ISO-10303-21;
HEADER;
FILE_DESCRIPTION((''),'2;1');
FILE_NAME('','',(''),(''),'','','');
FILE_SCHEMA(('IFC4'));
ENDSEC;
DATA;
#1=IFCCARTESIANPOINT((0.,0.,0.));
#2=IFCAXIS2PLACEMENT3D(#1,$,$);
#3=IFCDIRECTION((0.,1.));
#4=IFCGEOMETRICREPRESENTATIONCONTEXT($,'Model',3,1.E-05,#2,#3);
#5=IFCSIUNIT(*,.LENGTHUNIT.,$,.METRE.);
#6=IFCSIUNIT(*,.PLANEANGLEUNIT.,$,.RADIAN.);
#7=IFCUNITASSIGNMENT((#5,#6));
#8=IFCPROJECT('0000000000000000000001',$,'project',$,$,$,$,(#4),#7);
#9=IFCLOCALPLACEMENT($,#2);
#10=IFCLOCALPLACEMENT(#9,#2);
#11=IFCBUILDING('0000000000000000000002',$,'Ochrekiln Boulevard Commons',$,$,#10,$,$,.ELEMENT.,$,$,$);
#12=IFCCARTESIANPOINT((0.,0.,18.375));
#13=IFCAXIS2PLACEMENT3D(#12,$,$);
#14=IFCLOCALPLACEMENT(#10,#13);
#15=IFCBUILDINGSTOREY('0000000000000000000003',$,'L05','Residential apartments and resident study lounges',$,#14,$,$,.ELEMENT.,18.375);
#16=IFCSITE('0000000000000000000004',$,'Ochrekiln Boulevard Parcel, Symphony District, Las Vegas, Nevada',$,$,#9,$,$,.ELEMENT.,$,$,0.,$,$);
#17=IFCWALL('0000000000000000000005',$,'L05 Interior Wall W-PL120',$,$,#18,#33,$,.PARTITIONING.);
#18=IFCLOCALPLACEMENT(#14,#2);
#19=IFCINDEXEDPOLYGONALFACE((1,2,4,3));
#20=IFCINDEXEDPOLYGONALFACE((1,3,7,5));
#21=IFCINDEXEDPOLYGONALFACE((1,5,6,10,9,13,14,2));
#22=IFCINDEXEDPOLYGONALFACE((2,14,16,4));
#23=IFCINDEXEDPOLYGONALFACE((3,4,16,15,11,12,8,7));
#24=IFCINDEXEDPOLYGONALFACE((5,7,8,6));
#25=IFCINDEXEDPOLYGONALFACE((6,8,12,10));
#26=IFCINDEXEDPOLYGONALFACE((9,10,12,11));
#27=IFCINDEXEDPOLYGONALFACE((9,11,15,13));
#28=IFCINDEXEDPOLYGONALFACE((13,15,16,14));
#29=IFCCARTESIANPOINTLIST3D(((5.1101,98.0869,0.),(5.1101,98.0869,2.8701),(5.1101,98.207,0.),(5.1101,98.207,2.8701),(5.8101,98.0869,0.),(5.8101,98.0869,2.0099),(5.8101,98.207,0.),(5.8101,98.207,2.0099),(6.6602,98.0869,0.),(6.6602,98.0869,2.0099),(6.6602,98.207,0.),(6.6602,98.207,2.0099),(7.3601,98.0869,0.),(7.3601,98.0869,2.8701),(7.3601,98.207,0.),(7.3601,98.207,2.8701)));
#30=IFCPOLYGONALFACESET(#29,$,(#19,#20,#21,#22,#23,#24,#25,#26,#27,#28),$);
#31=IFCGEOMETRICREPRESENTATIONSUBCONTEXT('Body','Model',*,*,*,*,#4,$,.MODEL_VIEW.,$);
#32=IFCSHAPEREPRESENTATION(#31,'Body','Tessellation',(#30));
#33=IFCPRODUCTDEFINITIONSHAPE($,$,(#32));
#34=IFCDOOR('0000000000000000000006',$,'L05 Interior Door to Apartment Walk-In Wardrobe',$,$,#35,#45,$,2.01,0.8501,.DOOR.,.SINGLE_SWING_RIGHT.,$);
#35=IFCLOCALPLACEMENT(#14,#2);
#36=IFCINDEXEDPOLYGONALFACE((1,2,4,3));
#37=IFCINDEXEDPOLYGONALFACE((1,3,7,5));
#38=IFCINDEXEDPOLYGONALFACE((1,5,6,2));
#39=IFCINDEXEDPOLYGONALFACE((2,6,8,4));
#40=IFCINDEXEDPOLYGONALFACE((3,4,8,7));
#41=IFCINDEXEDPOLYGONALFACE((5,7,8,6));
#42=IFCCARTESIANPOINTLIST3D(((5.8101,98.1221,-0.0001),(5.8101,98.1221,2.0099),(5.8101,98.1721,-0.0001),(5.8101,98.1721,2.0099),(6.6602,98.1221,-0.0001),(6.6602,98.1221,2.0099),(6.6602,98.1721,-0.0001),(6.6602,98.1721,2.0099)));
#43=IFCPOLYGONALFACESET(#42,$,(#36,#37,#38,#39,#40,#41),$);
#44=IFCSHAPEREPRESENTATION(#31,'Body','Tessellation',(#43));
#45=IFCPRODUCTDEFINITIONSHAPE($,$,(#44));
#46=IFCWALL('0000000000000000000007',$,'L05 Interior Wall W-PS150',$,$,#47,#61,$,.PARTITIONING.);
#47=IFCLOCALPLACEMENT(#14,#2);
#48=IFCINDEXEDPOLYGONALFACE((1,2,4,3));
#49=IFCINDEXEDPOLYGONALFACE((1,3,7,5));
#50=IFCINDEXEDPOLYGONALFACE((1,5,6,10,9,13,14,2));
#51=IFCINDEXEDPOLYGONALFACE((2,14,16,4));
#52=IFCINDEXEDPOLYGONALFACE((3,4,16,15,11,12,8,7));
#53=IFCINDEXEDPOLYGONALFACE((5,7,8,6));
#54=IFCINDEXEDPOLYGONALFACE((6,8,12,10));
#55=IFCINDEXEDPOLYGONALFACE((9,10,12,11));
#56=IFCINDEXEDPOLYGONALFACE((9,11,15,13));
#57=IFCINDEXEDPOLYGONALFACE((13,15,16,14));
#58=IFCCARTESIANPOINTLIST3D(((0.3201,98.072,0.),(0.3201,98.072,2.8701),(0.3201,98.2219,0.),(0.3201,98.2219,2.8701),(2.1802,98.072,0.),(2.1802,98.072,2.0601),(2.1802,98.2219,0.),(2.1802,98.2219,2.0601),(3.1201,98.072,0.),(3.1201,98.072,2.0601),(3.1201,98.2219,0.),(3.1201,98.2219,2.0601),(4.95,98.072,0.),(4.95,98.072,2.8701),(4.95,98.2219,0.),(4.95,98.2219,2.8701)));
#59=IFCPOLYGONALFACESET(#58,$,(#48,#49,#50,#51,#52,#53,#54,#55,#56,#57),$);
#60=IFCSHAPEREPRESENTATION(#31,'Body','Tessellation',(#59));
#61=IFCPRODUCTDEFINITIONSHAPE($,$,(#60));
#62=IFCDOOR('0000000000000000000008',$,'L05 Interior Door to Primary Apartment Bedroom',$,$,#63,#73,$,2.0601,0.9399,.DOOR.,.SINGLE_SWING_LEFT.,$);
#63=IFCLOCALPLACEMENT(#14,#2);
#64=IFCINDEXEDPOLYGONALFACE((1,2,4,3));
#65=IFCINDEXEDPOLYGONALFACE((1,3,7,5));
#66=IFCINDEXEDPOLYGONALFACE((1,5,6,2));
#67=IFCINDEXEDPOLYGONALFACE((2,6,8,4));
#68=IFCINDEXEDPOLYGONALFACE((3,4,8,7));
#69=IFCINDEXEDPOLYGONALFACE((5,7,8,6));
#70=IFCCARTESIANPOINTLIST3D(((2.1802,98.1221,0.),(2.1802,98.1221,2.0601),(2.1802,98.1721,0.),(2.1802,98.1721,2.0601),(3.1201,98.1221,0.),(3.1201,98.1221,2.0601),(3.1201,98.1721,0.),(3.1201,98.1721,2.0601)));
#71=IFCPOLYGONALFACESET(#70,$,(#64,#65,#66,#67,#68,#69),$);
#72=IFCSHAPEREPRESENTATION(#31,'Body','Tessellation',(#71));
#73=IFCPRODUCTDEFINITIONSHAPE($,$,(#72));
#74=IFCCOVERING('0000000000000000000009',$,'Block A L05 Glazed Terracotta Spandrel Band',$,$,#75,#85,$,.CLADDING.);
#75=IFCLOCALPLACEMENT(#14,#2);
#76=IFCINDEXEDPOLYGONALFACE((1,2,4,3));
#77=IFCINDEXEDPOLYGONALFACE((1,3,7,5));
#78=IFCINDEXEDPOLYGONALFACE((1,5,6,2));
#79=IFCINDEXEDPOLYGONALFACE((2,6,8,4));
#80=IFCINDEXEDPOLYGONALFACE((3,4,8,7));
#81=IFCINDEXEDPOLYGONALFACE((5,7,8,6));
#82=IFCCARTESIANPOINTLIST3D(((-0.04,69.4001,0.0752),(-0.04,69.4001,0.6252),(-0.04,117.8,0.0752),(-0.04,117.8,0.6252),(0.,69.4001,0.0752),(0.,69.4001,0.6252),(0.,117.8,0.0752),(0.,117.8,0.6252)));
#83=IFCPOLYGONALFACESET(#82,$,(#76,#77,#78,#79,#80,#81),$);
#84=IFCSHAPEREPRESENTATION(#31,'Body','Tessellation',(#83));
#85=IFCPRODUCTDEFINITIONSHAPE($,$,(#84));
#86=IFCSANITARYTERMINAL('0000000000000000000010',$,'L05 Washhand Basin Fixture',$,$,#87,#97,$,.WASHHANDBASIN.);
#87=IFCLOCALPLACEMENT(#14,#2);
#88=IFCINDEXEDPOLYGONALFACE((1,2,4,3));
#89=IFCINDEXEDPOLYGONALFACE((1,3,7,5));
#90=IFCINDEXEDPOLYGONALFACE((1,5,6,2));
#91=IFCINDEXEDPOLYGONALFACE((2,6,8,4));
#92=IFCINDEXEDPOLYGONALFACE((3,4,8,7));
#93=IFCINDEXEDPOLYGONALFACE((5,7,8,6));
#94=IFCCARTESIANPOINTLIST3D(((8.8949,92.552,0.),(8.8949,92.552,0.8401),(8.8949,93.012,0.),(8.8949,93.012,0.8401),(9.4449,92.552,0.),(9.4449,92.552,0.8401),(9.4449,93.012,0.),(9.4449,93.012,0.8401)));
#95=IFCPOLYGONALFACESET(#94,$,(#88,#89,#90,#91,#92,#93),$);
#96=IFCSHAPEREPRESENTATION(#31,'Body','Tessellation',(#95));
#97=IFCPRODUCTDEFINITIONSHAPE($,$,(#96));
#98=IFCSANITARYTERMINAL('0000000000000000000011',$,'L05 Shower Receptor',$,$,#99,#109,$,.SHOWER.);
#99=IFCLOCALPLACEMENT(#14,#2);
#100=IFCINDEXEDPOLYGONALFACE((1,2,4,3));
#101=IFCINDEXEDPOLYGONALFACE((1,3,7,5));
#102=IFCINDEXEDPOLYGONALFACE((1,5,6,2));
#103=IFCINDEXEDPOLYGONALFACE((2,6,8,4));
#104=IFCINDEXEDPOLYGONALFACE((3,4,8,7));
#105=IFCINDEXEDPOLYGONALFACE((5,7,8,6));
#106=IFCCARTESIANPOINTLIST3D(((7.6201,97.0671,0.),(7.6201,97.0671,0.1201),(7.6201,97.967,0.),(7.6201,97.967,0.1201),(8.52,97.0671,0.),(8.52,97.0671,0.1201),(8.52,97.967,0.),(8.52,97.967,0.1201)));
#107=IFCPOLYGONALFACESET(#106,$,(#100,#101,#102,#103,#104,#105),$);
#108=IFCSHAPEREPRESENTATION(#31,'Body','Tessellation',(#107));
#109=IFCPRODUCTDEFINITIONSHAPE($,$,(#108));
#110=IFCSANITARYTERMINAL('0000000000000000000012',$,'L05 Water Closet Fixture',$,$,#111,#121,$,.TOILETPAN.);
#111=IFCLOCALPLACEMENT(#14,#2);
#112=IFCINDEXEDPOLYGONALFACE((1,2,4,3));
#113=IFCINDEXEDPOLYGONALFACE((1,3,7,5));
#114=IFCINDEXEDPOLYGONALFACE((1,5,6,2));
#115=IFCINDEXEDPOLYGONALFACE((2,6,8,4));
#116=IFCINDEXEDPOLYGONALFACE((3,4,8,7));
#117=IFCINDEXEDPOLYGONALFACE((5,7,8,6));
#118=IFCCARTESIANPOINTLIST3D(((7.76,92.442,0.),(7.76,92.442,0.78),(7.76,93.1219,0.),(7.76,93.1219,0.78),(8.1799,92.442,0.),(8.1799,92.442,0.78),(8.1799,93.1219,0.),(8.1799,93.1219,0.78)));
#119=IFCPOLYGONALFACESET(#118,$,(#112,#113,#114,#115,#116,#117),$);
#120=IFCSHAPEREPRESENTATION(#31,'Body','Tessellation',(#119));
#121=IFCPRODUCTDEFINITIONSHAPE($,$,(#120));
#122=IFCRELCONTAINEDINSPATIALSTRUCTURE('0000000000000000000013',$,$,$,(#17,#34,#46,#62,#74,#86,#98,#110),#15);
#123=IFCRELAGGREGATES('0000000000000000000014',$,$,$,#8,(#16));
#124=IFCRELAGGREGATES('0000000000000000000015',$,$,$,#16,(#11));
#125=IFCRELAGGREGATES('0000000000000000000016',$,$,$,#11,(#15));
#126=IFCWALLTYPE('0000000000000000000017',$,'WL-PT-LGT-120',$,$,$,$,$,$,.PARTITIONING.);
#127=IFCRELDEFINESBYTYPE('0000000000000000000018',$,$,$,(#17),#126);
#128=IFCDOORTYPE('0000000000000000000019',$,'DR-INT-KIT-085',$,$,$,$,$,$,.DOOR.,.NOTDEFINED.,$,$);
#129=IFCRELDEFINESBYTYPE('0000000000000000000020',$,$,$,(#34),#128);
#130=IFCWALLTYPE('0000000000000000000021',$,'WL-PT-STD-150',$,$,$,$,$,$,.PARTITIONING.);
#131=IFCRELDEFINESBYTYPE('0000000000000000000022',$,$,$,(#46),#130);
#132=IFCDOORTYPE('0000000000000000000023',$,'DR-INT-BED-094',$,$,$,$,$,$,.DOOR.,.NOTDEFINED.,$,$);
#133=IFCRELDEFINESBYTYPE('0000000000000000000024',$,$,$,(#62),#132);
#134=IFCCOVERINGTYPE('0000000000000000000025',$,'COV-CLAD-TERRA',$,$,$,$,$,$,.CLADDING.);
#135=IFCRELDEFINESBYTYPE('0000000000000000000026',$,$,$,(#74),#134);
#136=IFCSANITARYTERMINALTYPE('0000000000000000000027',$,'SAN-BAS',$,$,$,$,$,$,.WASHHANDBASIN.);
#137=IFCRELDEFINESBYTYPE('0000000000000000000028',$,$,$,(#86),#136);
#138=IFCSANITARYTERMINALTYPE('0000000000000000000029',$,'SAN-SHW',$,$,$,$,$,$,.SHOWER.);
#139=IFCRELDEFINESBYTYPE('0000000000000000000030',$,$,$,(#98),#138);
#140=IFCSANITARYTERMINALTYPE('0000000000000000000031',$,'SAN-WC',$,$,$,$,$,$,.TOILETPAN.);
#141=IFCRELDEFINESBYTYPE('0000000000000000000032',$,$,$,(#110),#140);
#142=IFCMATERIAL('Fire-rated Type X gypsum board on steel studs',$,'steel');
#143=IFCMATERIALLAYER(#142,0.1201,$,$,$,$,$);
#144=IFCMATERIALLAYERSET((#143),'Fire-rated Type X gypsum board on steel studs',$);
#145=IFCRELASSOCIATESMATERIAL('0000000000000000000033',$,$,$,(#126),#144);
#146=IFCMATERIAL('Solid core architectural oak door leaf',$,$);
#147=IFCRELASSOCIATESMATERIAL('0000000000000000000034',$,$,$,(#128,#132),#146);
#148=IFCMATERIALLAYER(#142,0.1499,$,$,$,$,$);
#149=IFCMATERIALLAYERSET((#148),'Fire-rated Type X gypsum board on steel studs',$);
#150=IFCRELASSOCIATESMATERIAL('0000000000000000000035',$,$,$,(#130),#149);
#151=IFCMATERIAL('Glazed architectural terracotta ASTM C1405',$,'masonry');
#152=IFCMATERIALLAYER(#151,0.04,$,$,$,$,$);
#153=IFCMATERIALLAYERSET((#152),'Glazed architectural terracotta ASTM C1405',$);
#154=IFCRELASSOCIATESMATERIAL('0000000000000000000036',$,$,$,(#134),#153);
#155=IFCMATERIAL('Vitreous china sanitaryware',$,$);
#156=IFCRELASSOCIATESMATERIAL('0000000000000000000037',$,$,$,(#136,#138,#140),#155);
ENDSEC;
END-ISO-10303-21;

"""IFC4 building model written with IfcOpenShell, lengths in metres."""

from ifc_helpers import new_model, si_unit, direction, frame, frame_2d, origin, origin_2d, place, context, subcontext, project, spatial, rectangle, extrude, material, layer, layer_set, type_object, element, fill, save


model = new_model("IFC4")

# Units and contexts
model_context = context("Model", 3, precision=1e-05, world=origin(), true_north=direction((0.0, 1.0)))
body_context = subcontext(model_context, "Body", "Model", "MODEL_VIEW")
ifc_project = project(units=[si_unit("LENGTHUNIT", "METRE"), si_unit("PLANEANGLEUNIT", "RADIAN")], contexts=[model_context])

# Site, building, storey
site_placement = place(None, origin())
site = spatial("IfcSite", under=ifc_project, at=site_placement, Name="Ochrekiln Boulevard Parcel, Symphony District, Las Vegas, Nevada", CompositionType="ELEMENT", RefElevation=0.0)
building_placement = place(site_placement, origin())
building = spatial("IfcBuilding", under=site, at=building_placement, Name="Ochrekiln Boulevard Commons", CompositionType="ELEMENT")
storey_placement = place(building_placement, frame((0.0, 0.0, 18.375)))
storey = spatial("IfcBuildingStorey", under=building, at=storey_placement, Name="L05", Description="Residential apartments and resident study lounges", CompositionType="ELEMENT", Elevation=18.375)

# Shared definitions
ifc_material_1 = material(Name="Solid core architectural oak door leaf")

# Walls, openings, doors
ifc_material_2 = material(Name="Fire-rated Type X gypsum board on steel studs", Category="steel")
ifc_layer_1 = layer(ifc_material_2, 0.1201)
ifc_layer_set_1 = layer_set([ifc_layer_1], Name="Fire-rated Type X gypsum board on steel studs")
wall_type_1 = type_object("IfcWallType", Name="WL-PT-LGT-120", PredefinedType="PARTITIONING", material=ifc_layer_set_1)
wall_1_placement = place(storey_placement, frame((5.1101, 98.147, 0.0), z_axis=(0.0, 0.0, 1.0), x_axis=(1.0, 0.0, 0.0)))
wall_1 = element("IfcWall", 1, at=wall_1_placement, inside=storey, type_object=wall_type_1, Name="L05 Interior Wall W-PL120", PredefinedType="PARTITIONING", context=body_context, shape_type="SweptSolid", body=[
    extrude(rectangle(XDim=2.25, YDim=0.1201, at=frame_2d((1.125, 0.0))), origin(), (0.0, 0.0, 1.0), 2.8701),
])
opening_1_placement = place(wall_1_placement, frame((0.7, 0.0, 0.0)))
opening_1 = element("IfcOpeningElement", 2, at=opening_1_placement, cuts=wall_1, PredefinedType="OPENING", context=body_context, shape_type="SweptSolid", body=[
    extrude(rectangle(XDim=0.8501, YDim=2.01, at=frame_2d((0.425, 1.0049))), frame((0.0, 0.0701, 0.0), z_axis=(0.0, -1.0, 0.0), x_axis=(1.0, 0.0, 0.0)), (0.0, 0.0, 1.0), 0.1401),
])
door_type_1 = type_object("IfcDoorType", Name="DR-INT-KIT-085", OperationType="NOTDEFINED", PredefinedType="DOOR", material=ifc_material_1)
door_1_placement = place(opening_1_placement, frame((0.8501, 0.0, 0.0), z_axis=(0.0, 0.0, 1.0), x_axis=(-1.0, 0.0, 0.0)))
door_1 = element("IfcDoor", 3, at=door_1_placement, inside=storey, type_object=door_type_1, Name="L05 Interior Door to Apartment Walk-In Wardrobe", OperationType="SINGLE_SWING_RIGHT", OverallHeight=2.01, OverallWidth=0.8501, PredefinedType="DOOR", context=body_context, shape_type="SweptSolid", body=[
    extrude(rectangle(XDim=0.8501, YDim=2.01, at=frame_2d((0.425, 1.0049))), frame((0.0, 0.0249, 0.0), z_axis=(0.0, -1.0, 0.0), x_axis=(1.0, 0.0, 0.0)), (0.0, 0.0, 1.0), 0.05),
])
fill(opening_1, door_1)
ifc_layer_2 = layer(ifc_material_2, 0.1499)
ifc_layer_set_2 = layer_set([ifc_layer_2], Name="Fire-rated Type X gypsum board on steel studs")
wall_type_2 = type_object("IfcWallType", Name="WL-PT-STD-150", PredefinedType="PARTITIONING", material=ifc_layer_set_2)
wall_2_placement = place(storey_placement, frame((0.3201, 98.147, 0.0), z_axis=(0.0, 0.0, 1.0), x_axis=(1.0, 0.0, 0.0)))
wall_2 = element("IfcWall", 4, at=wall_2_placement, inside=storey, type_object=wall_type_2, Name="L05 Interior Wall W-PS150", PredefinedType="PARTITIONING", context=body_context, shape_type="SweptSolid", body=[
    extrude(rectangle(XDim=4.6299, YDim=0.1499, at=frame_2d((2.3149, 0.0))), origin(), (0.0, 0.0, 1.0), 2.8701),
])
opening_2_placement = place(wall_2_placement, frame((1.8601, 0.0, 0.0)))
opening_2 = element("IfcOpeningElement", 5, at=opening_2_placement, cuts=wall_2, PredefinedType="OPENING", context=body_context, shape_type="SweptSolid", body=[
    extrude(rectangle(XDim=0.9399, YDim=2.0601, at=frame_2d((0.47, 1.03))), frame((0.0, 0.085, 0.0), z_axis=(0.0, -1.0, 0.0), x_axis=(1.0, 0.0, 0.0)), (0.0, 0.0, 1.0), 0.1699),
])
door_type_2 = type_object("IfcDoorType", Name="DR-INT-BED-094", OperationType="NOTDEFINED", PredefinedType="DOOR", material=ifc_material_1)
door_2_placement = place(opening_2_placement, frame((0.9399, 0.0, 0.0), z_axis=(0.0, 0.0, 1.0), x_axis=(-1.0, 0.0, 0.0)))
door_2 = element("IfcDoor", 6, at=door_2_placement, inside=storey, type_object=door_type_2, Name="L05 Interior Door to Primary Apartment Bedroom", OperationType="SINGLE_SWING_LEFT", OverallHeight=2.0601, OverallWidth=0.9399, PredefinedType="DOOR", context=body_context, shape_type="SweptSolid", body=[
    extrude(rectangle(XDim=0.9399, YDim=2.0601, at=frame_2d((0.47, 1.03))), frame((0.0, 0.0249, 0.0), z_axis=(0.0, -1.0, 0.0), x_axis=(1.0, 0.0, 0.0)), (0.0, 0.0, 1.0), 0.05),
])
fill(opening_2, door_2)

# Covering
ifc_material_3 = material(Name="Glazed architectural terracotta ASTM C1405", Category="masonry")
ifc_layer_3 = layer(ifc_material_3, 0.04)
ifc_layer_set_3 = layer_set([ifc_layer_3], Name="Glazed architectural terracotta ASTM C1405")
covering_type = type_object("IfcCoveringType", Name="COV-CLAD-TERRA", PredefinedType="CLADDING", material=ifc_layer_set_3)
covering_placement = place(storey_placement, frame((-0.02, 93.6001, 0.0752), z_axis=(0.0, 0.0, 1.0), x_axis=(1.0, 0.0, 0.0)))
element("IfcCovering", 7, at=covering_placement, inside=storey, type_object=covering_type, Name="Block A L05 Glazed Terracotta Spandrel Band", PredefinedType="CLADDING", context=body_context, shape_type="SweptSolid", body=[
    extrude(rectangle(XDim=0.04, YDim=48.3999, at=origin_2d()), origin(), (0.0, 0.0, 1.0), 0.55),
])

# Sanitary terminals
ifc_material_4 = material(Name="Vitreous china sanitaryware")
sanitary_terminal_type_1 = type_object("IfcSanitaryTerminalType", Name="SAN-BAS", PredefinedType="WASHHANDBASIN", material=ifc_material_4)
sanitary_terminal_1_placement = place(storey_placement, frame((9.1699, 92.782, 0.0), z_axis=(0.0, 0.0, 1.0), x_axis=(1.0, 0.0, 0.0)))
element("IfcSanitaryTerminal", 8, at=sanitary_terminal_1_placement, inside=storey, type_object=sanitary_terminal_type_1, Name="L05 Washhand Basin Fixture", PredefinedType="WASHHANDBASIN", context=body_context, shape_type="SweptSolid", body=[
    extrude(rectangle(XDim=0.55, YDim=0.46, at=origin_2d()), origin(), (0.0, 0.0, 1.0), 0.8401),
])
sanitary_terminal_type_2 = type_object("IfcSanitaryTerminalType", Name="SAN-SHW", PredefinedType="SHOWER", material=ifc_material_4)
sanitary_terminal_2_placement = place(storey_placement, frame((8.0701, 97.5171, 0.0), z_axis=(0.0, 0.0, 1.0), x_axis=(1.0, 0.0, 0.0)))
element("IfcSanitaryTerminal", 9, at=sanitary_terminal_2_placement, inside=storey, type_object=sanitary_terminal_type_2, Name="L05 Shower Receptor", PredefinedType="SHOWER", context=body_context, shape_type="SweptSolid", body=[
    extrude(rectangle(XDim=0.8999, YDim=0.8999, at=origin_2d()), origin(), (0.0, 0.0, 1.0), 0.1201),
])
sanitary_terminal_type_3 = type_object("IfcSanitaryTerminalType", Name="SAN-WC", PredefinedType="TOILETPAN", material=ifc_material_4)
sanitary_terminal_3_placement = place(storey_placement, frame((7.97, 92.782, 0.0), z_axis=(0.0, 0.0, 1.0), x_axis=(1.0, 0.0, 0.0)))
element("IfcSanitaryTerminal", 10, at=sanitary_terminal_3_placement, inside=storey, type_object=sanitary_terminal_type_3, Name="L05 Water Closet Fixture", PredefinedType="TOILETPAN", context=body_context, shape_type="SweptSolid", body=[
    extrude(rectangle(XDim=0.4199, YDim=0.6799, at=origin_2d()), origin(), (0.0, 0.0, 1.0), 0.78),
])

save(model, "model.ifc")
